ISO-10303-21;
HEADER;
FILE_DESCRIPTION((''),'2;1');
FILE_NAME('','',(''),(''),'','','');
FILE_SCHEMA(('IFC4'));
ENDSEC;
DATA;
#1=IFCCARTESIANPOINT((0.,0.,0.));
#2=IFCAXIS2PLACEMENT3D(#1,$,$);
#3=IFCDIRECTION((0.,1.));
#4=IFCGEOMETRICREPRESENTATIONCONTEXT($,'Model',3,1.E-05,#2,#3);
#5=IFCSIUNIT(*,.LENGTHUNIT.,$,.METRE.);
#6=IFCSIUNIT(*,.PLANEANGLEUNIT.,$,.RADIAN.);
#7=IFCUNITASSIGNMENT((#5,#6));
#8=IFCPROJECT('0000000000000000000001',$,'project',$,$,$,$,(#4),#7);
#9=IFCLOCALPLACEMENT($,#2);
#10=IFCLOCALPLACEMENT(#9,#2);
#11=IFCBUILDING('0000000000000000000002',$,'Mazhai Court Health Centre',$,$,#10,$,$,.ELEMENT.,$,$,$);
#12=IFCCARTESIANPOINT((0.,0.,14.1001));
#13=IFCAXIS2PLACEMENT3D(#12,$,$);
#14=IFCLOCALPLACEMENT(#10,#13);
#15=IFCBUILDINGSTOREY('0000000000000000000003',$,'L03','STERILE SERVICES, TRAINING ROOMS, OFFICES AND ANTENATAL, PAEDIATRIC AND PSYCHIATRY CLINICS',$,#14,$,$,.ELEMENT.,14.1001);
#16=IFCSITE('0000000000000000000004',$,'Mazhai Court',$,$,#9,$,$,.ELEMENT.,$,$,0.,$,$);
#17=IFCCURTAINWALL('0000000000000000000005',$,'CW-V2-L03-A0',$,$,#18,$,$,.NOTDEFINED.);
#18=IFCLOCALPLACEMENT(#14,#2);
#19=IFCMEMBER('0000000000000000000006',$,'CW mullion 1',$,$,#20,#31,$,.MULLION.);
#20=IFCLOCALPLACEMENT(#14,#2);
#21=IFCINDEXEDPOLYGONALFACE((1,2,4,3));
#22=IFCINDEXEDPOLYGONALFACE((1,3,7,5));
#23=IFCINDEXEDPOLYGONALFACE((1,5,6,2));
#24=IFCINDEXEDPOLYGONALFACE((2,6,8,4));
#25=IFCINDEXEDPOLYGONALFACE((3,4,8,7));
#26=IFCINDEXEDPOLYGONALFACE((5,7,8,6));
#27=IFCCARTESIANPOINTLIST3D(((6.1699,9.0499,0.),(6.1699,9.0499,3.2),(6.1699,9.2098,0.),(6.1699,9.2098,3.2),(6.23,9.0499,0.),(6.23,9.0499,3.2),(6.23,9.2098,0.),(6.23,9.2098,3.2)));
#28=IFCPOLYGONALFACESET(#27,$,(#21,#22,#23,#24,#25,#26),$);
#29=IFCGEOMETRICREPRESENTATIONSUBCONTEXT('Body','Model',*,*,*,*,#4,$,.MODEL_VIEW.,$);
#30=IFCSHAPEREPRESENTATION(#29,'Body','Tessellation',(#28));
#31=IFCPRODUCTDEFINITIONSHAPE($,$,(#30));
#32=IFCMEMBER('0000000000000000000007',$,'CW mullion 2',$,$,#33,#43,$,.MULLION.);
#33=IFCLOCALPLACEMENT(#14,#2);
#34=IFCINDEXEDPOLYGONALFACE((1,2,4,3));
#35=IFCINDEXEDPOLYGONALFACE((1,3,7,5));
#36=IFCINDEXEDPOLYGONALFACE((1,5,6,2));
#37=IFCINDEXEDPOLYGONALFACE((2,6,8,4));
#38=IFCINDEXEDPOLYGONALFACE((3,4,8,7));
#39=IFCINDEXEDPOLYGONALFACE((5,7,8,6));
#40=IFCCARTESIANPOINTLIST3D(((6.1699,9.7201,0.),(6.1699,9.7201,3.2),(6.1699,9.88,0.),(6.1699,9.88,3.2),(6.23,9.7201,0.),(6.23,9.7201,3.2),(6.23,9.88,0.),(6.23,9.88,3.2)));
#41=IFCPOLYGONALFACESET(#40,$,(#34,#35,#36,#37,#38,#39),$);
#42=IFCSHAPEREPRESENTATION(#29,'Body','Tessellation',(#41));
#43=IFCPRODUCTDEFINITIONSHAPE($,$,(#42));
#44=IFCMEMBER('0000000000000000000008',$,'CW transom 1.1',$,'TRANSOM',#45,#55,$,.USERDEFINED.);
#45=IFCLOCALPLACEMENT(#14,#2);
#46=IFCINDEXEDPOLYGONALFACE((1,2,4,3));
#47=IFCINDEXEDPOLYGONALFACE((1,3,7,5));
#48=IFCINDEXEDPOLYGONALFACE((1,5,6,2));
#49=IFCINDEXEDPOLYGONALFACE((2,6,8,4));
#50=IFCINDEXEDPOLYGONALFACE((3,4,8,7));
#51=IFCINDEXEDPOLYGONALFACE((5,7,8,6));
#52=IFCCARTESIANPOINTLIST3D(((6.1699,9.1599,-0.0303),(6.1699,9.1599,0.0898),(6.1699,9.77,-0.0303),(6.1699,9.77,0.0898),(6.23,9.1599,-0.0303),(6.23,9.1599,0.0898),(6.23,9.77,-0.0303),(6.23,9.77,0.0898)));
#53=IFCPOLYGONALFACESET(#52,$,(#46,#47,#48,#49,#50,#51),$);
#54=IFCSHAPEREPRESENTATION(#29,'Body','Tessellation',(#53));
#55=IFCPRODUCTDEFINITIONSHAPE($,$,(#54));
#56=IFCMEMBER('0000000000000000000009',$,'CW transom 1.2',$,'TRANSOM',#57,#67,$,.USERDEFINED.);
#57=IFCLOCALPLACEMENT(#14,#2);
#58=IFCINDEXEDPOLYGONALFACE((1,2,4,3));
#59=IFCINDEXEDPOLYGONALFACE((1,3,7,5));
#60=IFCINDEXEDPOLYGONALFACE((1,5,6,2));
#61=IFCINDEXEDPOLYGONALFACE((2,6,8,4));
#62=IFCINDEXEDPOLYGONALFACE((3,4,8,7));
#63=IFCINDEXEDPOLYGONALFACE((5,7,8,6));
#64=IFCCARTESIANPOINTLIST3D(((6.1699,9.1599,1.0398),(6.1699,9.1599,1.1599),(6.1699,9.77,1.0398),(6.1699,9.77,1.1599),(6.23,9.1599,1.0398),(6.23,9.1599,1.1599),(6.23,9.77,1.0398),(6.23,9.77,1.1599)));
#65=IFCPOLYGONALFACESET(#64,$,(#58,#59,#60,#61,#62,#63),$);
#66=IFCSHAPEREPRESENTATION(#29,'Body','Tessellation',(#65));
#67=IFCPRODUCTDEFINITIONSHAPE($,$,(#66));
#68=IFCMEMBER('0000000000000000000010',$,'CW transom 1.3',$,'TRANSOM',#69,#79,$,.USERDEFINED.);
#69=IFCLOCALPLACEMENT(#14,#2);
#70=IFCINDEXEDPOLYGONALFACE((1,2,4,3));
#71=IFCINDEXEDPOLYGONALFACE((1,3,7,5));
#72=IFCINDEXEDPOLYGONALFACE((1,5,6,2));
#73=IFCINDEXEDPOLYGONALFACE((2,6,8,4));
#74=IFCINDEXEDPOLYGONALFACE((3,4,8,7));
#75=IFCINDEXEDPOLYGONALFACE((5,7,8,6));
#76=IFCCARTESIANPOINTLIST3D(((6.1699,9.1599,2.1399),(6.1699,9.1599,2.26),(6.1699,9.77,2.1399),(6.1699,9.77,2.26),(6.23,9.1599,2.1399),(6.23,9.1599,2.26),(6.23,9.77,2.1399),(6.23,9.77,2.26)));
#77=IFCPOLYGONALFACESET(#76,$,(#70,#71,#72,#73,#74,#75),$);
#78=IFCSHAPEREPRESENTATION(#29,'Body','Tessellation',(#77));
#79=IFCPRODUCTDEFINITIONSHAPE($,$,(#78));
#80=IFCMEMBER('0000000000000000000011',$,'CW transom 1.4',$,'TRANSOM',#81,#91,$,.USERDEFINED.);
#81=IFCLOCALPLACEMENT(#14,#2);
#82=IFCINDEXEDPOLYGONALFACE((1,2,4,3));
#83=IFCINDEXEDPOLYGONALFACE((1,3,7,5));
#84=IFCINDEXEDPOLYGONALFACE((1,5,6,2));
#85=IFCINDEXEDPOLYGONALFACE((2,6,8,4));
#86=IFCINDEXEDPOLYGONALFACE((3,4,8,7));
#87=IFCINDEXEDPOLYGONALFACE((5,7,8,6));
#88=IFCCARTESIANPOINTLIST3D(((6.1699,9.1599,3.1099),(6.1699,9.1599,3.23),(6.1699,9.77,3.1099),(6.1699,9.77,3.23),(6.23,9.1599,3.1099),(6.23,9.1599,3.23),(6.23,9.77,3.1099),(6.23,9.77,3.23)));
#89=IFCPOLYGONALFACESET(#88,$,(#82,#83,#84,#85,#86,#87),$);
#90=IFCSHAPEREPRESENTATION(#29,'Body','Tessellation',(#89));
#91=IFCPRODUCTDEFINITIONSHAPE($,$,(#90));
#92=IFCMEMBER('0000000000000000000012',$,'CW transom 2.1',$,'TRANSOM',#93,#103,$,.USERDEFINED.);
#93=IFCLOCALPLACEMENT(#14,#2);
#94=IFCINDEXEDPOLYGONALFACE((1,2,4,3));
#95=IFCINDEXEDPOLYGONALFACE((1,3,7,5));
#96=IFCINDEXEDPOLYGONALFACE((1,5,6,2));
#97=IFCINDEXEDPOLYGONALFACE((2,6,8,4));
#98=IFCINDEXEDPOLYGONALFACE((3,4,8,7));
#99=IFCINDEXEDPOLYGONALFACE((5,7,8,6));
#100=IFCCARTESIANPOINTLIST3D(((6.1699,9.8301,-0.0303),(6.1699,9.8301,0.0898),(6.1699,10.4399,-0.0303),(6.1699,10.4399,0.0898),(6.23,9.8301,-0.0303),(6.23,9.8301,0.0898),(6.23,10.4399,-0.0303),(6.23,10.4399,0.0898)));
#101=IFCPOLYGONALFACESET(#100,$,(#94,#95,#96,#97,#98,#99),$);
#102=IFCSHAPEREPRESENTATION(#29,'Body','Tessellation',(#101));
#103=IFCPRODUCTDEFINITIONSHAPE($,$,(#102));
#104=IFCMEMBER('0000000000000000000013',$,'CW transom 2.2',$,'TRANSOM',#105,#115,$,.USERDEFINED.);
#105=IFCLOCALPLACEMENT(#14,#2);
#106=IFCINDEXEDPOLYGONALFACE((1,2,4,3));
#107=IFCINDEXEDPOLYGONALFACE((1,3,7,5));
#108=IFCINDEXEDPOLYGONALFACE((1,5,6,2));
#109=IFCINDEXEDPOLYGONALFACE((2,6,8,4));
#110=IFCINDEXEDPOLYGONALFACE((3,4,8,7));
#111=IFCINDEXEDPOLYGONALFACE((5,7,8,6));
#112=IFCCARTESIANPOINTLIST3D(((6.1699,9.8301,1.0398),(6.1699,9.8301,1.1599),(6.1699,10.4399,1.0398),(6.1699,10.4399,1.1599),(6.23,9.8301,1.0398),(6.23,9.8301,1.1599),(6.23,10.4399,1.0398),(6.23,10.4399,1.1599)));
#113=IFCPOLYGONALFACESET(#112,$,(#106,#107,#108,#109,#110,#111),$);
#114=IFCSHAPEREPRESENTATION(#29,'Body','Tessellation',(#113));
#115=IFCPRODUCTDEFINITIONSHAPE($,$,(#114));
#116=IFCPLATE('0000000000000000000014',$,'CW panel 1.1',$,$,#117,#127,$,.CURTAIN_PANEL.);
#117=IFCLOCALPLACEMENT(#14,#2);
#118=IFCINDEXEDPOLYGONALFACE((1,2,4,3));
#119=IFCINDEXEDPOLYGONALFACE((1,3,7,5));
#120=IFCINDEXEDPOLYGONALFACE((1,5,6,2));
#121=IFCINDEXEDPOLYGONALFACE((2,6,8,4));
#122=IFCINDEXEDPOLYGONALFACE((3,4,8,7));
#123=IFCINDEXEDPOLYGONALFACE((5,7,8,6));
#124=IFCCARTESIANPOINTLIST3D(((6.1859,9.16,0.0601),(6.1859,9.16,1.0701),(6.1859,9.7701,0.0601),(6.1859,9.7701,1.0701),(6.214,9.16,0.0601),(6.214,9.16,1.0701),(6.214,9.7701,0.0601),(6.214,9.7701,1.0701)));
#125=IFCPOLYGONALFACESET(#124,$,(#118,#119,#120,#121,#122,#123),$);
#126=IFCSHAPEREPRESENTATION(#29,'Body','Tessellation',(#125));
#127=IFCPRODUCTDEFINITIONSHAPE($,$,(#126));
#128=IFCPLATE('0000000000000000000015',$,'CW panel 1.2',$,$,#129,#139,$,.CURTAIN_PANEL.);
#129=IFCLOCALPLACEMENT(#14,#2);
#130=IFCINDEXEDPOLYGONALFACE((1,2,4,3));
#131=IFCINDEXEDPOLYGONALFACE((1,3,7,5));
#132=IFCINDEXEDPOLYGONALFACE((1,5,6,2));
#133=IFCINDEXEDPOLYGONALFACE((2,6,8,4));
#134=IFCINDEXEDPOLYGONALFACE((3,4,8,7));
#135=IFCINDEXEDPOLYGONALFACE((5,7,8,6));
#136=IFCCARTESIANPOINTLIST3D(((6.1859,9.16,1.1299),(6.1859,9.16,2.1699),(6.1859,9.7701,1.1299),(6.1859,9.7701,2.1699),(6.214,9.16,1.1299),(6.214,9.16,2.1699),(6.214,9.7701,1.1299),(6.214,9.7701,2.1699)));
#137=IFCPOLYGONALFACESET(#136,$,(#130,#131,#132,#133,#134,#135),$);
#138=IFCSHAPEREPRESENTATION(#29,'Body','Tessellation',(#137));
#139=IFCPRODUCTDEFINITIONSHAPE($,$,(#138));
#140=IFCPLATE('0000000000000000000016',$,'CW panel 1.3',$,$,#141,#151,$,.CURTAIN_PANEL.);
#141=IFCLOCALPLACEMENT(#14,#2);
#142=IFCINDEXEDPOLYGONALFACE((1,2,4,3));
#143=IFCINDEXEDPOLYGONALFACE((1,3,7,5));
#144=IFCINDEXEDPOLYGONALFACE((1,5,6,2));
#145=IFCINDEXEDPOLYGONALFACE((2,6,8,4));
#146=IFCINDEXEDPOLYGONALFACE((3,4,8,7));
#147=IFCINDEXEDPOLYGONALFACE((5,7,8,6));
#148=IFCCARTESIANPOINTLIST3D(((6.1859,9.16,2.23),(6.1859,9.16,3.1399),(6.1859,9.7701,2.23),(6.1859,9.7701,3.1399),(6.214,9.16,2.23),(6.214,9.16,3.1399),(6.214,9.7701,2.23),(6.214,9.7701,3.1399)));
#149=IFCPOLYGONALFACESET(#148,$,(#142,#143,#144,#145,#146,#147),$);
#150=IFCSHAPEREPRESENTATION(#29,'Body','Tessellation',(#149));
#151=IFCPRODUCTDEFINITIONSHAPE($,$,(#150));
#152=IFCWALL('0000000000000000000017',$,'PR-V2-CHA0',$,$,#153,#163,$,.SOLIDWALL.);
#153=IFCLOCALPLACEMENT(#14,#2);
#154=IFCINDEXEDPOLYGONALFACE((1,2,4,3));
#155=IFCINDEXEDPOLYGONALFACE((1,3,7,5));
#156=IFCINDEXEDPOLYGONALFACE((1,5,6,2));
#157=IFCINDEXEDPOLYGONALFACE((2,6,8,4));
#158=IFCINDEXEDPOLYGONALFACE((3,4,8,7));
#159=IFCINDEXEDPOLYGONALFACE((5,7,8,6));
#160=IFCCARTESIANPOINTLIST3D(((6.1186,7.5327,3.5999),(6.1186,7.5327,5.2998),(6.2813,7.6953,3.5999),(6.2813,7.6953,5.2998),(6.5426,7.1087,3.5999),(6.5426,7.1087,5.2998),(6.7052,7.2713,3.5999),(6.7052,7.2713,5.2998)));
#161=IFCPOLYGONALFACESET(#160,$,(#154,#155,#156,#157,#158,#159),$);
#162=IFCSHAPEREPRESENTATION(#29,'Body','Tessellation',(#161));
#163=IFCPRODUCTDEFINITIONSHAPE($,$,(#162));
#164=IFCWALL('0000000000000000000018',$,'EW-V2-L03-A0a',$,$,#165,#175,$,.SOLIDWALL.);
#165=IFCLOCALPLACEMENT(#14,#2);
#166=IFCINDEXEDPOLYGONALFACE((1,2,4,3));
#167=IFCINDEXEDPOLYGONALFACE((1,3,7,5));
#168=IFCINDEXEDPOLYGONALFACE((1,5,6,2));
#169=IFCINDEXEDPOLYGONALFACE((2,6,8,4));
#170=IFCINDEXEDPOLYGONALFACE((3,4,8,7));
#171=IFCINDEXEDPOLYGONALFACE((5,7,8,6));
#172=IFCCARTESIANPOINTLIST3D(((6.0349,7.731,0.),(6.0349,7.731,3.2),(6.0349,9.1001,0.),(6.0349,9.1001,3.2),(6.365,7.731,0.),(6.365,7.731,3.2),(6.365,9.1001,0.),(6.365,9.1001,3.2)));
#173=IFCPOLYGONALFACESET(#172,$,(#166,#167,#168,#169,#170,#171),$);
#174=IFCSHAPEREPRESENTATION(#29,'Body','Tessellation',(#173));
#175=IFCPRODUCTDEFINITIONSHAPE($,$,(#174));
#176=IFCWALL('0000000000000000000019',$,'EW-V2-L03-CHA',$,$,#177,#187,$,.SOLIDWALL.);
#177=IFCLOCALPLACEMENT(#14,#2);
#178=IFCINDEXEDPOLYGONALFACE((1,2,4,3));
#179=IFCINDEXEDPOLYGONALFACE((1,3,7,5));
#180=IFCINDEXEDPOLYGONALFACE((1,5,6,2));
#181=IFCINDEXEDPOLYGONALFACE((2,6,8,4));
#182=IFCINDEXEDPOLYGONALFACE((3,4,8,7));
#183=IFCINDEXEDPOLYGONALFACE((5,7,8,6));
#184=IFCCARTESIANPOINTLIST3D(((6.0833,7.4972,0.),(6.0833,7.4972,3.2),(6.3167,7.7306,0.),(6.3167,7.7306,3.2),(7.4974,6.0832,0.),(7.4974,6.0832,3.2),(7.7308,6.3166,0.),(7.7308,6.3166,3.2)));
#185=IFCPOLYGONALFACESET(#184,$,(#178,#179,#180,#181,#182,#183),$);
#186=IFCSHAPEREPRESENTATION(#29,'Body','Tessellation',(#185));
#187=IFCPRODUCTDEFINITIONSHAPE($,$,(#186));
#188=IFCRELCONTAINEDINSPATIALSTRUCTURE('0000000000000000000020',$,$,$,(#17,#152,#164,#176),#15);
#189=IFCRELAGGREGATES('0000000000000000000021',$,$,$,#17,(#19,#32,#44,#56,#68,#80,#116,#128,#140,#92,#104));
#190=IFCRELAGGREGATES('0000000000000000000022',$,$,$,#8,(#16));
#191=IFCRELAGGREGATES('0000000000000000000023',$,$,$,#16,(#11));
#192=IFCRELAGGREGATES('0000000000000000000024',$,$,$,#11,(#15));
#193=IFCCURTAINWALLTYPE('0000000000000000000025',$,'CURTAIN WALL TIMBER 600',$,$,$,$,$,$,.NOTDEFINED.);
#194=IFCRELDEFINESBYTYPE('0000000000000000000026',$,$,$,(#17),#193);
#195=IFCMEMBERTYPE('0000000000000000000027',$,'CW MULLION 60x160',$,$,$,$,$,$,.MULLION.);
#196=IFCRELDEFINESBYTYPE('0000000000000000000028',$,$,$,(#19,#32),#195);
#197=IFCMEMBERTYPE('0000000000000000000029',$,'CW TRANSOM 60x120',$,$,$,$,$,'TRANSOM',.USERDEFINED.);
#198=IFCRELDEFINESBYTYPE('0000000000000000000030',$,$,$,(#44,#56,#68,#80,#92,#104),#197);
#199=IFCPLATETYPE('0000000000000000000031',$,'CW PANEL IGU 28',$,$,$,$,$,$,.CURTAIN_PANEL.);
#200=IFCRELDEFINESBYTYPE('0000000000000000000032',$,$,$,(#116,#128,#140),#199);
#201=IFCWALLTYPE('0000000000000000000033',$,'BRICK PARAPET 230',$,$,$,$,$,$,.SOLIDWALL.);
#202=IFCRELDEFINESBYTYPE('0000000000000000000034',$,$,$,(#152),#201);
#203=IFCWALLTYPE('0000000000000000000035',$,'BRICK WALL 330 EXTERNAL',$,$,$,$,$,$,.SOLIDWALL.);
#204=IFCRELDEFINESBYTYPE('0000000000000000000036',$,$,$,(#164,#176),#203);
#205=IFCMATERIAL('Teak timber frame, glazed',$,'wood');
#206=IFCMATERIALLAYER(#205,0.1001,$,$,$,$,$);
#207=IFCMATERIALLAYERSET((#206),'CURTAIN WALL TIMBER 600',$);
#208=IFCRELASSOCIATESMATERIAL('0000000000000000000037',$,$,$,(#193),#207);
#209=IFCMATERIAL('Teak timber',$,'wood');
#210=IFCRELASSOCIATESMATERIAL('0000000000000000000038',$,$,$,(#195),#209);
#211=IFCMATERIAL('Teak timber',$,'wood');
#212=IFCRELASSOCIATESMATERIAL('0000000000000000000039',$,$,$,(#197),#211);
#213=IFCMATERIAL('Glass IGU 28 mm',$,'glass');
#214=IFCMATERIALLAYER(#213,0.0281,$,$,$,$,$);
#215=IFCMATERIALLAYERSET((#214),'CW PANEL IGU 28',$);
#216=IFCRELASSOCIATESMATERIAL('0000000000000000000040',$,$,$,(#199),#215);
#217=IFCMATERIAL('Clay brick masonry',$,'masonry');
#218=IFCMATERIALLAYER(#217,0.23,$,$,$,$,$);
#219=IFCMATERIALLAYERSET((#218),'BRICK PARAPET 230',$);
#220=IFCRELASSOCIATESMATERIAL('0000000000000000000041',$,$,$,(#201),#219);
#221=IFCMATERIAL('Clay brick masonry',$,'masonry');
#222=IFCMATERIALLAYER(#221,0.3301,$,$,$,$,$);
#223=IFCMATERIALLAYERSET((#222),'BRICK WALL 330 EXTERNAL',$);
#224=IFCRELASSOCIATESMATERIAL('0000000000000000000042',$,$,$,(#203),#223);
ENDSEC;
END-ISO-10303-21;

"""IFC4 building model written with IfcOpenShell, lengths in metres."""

from ifc_helpers import new_model, si_unit, direction, frame, frame_2d, origin, origin_2d, place, context, subcontext, project, spatial, rectangle, extrude, material, layer, layer_set, material_profile, profile_set, type_object, element, aggregate, save


model = new_model("IFC4")

# Units and contexts
model_context = context("Model", 3, precision=1e-05, world=origin(), true_north=direction((0.0, 1.0)))
body_context = subcontext(model_context, "Body", "Model", "MODEL_VIEW")
ifc_project = project(units=[si_unit("LENGTHUNIT", "METRE"), si_unit("PLANEANGLEUNIT", "RADIAN")], contexts=[model_context])

# Site, building, storey
site_placement = place(None, origin())
site = spatial("IfcSite", under=ifc_project, at=site_placement, Name="Mazhai Court", CompositionType="ELEMENT", RefElevation=0.0)
building_placement = place(site_placement, origin())
building = spatial("IfcBuilding", under=site, at=building_placement, Name="Mazhai Court Health Centre", CompositionType="ELEMENT")
storey_placement = place(building_placement, frame((0.0, 0.0, 14.1001)))
storey = spatial("IfcBuildingStorey", under=building, at=storey_placement, Name="L03", Description="STERILE SERVICES, TRAINING ROOMS, OFFICES AND ANTENATAL, PAEDIATRIC AND PSYCHIATRY CLINICS", CompositionType="ELEMENT", Elevation=14.1001)

# Curtain wall, members, plates
ifc_material_1 = material(Name="Teak timber frame, glazed", Category="wood")
ifc_layer_1 = layer(ifc_material_1, 0.1001)
ifc_layer_set_1 = layer_set([ifc_layer_1], Name="CURTAIN WALL TIMBER 600")
curtain_wall_type = type_object("IfcCurtainWallType", Name="CURTAIN WALL TIMBER 600", PredefinedType="NOTDEFINED", material=ifc_layer_set_1)
curtain_wall_placement = place(storey_placement, origin())
curtain_wall = element("IfcCurtainWall", 1, at=curtain_wall_placement, inside=storey, type_object=curtain_wall_type, Name="CW-V2-L03-A0", PredefinedType="NOTDEFINED")
ifc_material_2 = material(Name="Teak timber", Category="wood")
ifc_material_profile_1 = material_profile(ifc_material_2, rectangle(XDim=0.0601, YDim=0.1599, at=origin_2d()), Name="CW MULLION 60x160")
ifc_profile_set_1 = profile_set([ifc_material_profile_1], Name="Teak timber")
member_type_1 = type_object("IfcMemberType", Name="CW MULLION 60x160", PredefinedType="MULLION", material=ifc_profile_set_1)
member_1_placement = place(storey_placement, frame((6.2, 9.1299, 0.0), z_axis=(0.0, 0.0, 1.0), x_axis=(-1.0, 0.0, 0.0)))
member_1 = element("IfcMember", 2, at=member_1_placement, type_object=member_type_1, Name="CW mullion 1", PredefinedType="MULLION", context=body_context, shape_type="SweptSolid", body=[
    extrude(rectangle(XDim=0.0601, YDim=0.1599, at=origin_2d()), origin(), (0.0, 0.0, 1.0), 3.2),
])
member_2_placement = place(storey_placement, frame((6.2, 9.8, 0.0), z_axis=(0.0, 0.0, 1.0), x_axis=(-1.0, 0.0, 0.0)))
member_2 = element("IfcMember", 3, at=member_2_placement, type_object=member_type_1, Name="CW mullion 2", PredefinedType="MULLION", context=body_context, shape_type="SweptSolid", body=[
    extrude(rectangle(XDim=0.0601, YDim=0.1599, at=origin_2d()), origin(), (0.0, 0.0, 1.0), 3.2),
])
ifc_material_3 = material(Name="Teak timber", Category="wood")
ifc_material_profile_2 = material_profile(ifc_material_3, rectangle(XDim=0.0601, YDim=0.1201, at=origin_2d()), Name="CW TRANSOM 60x120")
ifc_profile_set_2 = profile_set([ifc_material_profile_2], Name="Teak timber")
member_type_2 = type_object("IfcMemberType", Name="CW TRANSOM 60x120", ElementType="TRANSOM", PredefinedType="USERDEFINED", material=ifc_profile_set_2)
member_3_placement = place(storey_placement, frame((6.2, 9.1599, 0.0298), z_axis=(0.0, 1.0, 0.0), x_axis=(-1.0, 0.0, 0.0)))
member_3 = element("IfcMember", 4, at=member_3_placement, type_object=member_type_2, Name="CW transom 1.1", ObjectType="TRANSOM", PredefinedType="USERDEFINED", context=body_context, shape_type="SweptSolid", body=[
    extrude(rectangle(XDim=0.0601, YDim=0.1201, at=origin_2d()), origin(), (0.0, 0.0, 1.0), 0.6101),
])
member_4_placement = place(storey_placement, frame((6.2, 9.1599, 1.0999), z_axis=(0.0, 1.0, 0.0), x_axis=(-1.0, 0.0, 0.0)))
member_4 = element("IfcMember", 5, at=member_4_placement, type_object=member_type_2, Name="CW transom 1.2", ObjectType="TRANSOM", PredefinedType="USERDEFINED", context=body_context, shape_type="SweptSolid", body=[
    extrude(rectangle(XDim=0.0601, YDim=0.1201, at=origin_2d()), origin(), (0.0, 0.0, 1.0), 0.6101),
])
member_5_placement = place(storey_placement, frame((6.2, 9.1599, 2.2), z_axis=(0.0, 1.0, 0.0), x_axis=(-1.0, 0.0, 0.0)))
member_5 = element("IfcMember", 6, at=member_5_placement, type_object=member_type_2, Name="CW transom 1.3", ObjectType="TRANSOM", PredefinedType="USERDEFINED", context=body_context, shape_type="SweptSolid", body=[
    extrude(rectangle(XDim=0.0601, YDim=0.1201, at=origin_2d()), origin(), (0.0, 0.0, 1.0), 0.6101),
])
member_6_placement = place(storey_placement, frame((6.2, 9.1599, 3.1699), z_axis=(0.0, 1.0, 0.0), x_axis=(-1.0, 0.0, 0.0)))
member_6 = element("IfcMember", 7, at=member_6_placement, type_object=member_type_2, Name="CW transom 1.4", ObjectType="TRANSOM", PredefinedType="USERDEFINED", context=body_context, shape_type="SweptSolid", body=[
    extrude(rectangle(XDim=0.0601, YDim=0.1201, at=origin_2d()), origin(), (0.0, 0.0, 1.0), 0.6101),
])
member_7_placement = place(storey_placement, frame((6.2, 9.8301, 0.0298), z_axis=(0.0, 1.0, 0.0), x_axis=(-1.0, 0.0, 0.0)))
member_7 = element("IfcMember", 8, at=member_7_placement, type_object=member_type_2, Name="CW transom 2.1", ObjectType="TRANSOM", PredefinedType="USERDEFINED", context=body_context, shape_type="SweptSolid", body=[
    extrude(rectangle(XDim=0.0601, YDim=0.1201, at=origin_2d()), origin(), (0.0, 0.0, 1.0), 0.6099),
])
member_8_placement = place(storey_placement, frame((6.2, 9.8301, 1.0999), z_axis=(0.0, 1.0, 0.0), x_axis=(-1.0, 0.0, 0.0)))
member_8 = element("IfcMember", 9, at=member_8_placement, type_object=member_type_2, Name="CW transom 2.2", ObjectType="TRANSOM", PredefinedType="USERDEFINED", context=body_context, shape_type="SweptSolid", body=[
    extrude(rectangle(XDim=0.0601, YDim=0.1201, at=origin_2d()), origin(), (0.0, 0.0, 1.0), 0.6099),
])
ifc_material_4 = material(Name="Glass IGU 28 mm", Category="glass")
ifc_layer_2 = layer(ifc_material_4, 0.0281)
ifc_layer_set_2 = layer_set([ifc_layer_2], Name="CW PANEL IGU 28")
plate_type = type_object("IfcPlateType", Name="CW PANEL IGU 28", PredefinedType="CURTAIN_PANEL", material=ifc_layer_set_2)
plate_1_placement = place(storey_placement, frame((6.2, 9.4651, 0.0601), z_axis=(0.0, 0.0, 1.0), x_axis=(0.0, 1.0, 0.0)))
plate_1 = element("IfcPlate", 10, at=plate_1_placement, type_object=plate_type, Name="CW panel 1.1", PredefinedType="CURTAIN_PANEL", context=body_context, shape_type="SweptSolid", body=[
    extrude(rectangle(XDim=0.6101, YDim=0.0281, at=origin_2d()), origin(), (0.0, 0.0, 1.0), 1.01),
])
plate_2_placement = place(storey_placement, frame((6.2, 9.4651, 1.1299), z_axis=(0.0, 0.0, 1.0), x_axis=(0.0, 1.0, 0.0)))
plate_2 = element("IfcPlate", 11, at=plate_2_placement, type_object=plate_type, Name="CW panel 1.2", PredefinedType="CURTAIN_PANEL", context=body_context, shape_type="SweptSolid", body=[
    extrude(rectangle(XDim=0.6101, YDim=0.0281, at=origin_2d()), origin(), (0.0, 0.0, 1.0), 1.04),
])
plate_3_placement = place(storey_placement, frame((6.2, 9.4651, 2.23), z_axis=(0.0, 0.0, 1.0), x_axis=(0.0, 1.0, 0.0)))
plate_3 = element("IfcPlate", 12, at=plate_3_placement, type_object=plate_type, Name="CW panel 1.3", PredefinedType="CURTAIN_PANEL", context=body_context, shape_type="SweptSolid", body=[
    extrude(rectangle(XDim=0.6101, YDim=0.0281, at=origin_2d()), origin(), (0.0, 0.0, 1.0), 0.9099),
])
aggregate(curtain_wall, [member_1, member_2, member_3, member_4, member_5, member_6, plate_1, plate_2, plate_3, member_7, member_8])

# Walls
ifc_material_5 = material(Name="Clay brick masonry", Category="masonry")
ifc_layer_3 = layer(ifc_material_5, 0.23)
ifc_layer_set_3 = layer_set([ifc_layer_3], Name="BRICK PARAPET 230")
wall_type_1 = type_object("IfcWallType", Name="BRICK PARAPET 230", PredefinedType="SOLIDWALL", material=ifc_layer_set_3)
wall_1_placement = place(storey_placement, frame((6.2, 7.614, 3.5999), z_axis=(0.0, 0.0, 1.0), x_axis=(0.707107, -0.707107, 0.0)))
element("IfcWall", 13, at=wall_1_placement, inside=storey, type_object=wall_type_1, Name="PR-V2-CHA0", PredefinedType="SOLIDWALL", context=body_context, shape_type="SweptSolid", body=[
    extrude(rectangle(XDim=0.5996, YDim=0.23, at=frame_2d((0.2998, 0.0))), origin(), (0.0, 0.0, 1.0), 1.7),
])
ifc_material_6 = material(Name="Clay brick masonry", Category="masonry")
ifc_layer_4 = layer(ifc_material_6, 0.3301)
ifc_layer_set_4 = layer_set([ifc_layer_4], Name="BRICK WALL 330 EXTERNAL")
wall_type_2 = type_object("IfcWallType", Name="BRICK WALL 330 EXTERNAL", PredefinedType="SOLIDWALL", material=ifc_layer_set_4)
wall_2_placement = place(storey_placement, frame((6.2, 7.731, 0.0), z_axis=(0.0, 0.0, 1.0), x_axis=(0.0, 1.0, 0.0)))
element("IfcWall", 14, at=wall_2_placement, inside=storey, type_object=wall_type_2, Name="EW-V2-L03-A0a", PredefinedType="SOLIDWALL", context=body_context, shape_type="SweptSolid", body=[
    extrude(rectangle(XDim=1.3691, YDim=0.3301, at=frame_2d((0.6846, 0.0))), origin(), (0.0, 0.0, 1.0), 3.2),
])
wall_3_placement = place(storey_placement, frame((6.2, 7.614, 0.0), z_axis=(0.0, 0.0, 1.0), x_axis=(0.707107, -0.707107, 0.0)))
element("IfcWall", 15, at=wall_3_placement, inside=storey, type_object=wall_type_2, Name="EW-V2-L03-CHA", PredefinedType="SOLIDWALL", context=body_context, shape_type="SweptSolid", body=[
    extrude(rectangle(XDim=1.9998, YDim=0.3301, at=frame_2d((1.0, 0.0))), origin(), (0.0, 0.0, 1.0), 3.2),
])

save(model, "model.ifc")
